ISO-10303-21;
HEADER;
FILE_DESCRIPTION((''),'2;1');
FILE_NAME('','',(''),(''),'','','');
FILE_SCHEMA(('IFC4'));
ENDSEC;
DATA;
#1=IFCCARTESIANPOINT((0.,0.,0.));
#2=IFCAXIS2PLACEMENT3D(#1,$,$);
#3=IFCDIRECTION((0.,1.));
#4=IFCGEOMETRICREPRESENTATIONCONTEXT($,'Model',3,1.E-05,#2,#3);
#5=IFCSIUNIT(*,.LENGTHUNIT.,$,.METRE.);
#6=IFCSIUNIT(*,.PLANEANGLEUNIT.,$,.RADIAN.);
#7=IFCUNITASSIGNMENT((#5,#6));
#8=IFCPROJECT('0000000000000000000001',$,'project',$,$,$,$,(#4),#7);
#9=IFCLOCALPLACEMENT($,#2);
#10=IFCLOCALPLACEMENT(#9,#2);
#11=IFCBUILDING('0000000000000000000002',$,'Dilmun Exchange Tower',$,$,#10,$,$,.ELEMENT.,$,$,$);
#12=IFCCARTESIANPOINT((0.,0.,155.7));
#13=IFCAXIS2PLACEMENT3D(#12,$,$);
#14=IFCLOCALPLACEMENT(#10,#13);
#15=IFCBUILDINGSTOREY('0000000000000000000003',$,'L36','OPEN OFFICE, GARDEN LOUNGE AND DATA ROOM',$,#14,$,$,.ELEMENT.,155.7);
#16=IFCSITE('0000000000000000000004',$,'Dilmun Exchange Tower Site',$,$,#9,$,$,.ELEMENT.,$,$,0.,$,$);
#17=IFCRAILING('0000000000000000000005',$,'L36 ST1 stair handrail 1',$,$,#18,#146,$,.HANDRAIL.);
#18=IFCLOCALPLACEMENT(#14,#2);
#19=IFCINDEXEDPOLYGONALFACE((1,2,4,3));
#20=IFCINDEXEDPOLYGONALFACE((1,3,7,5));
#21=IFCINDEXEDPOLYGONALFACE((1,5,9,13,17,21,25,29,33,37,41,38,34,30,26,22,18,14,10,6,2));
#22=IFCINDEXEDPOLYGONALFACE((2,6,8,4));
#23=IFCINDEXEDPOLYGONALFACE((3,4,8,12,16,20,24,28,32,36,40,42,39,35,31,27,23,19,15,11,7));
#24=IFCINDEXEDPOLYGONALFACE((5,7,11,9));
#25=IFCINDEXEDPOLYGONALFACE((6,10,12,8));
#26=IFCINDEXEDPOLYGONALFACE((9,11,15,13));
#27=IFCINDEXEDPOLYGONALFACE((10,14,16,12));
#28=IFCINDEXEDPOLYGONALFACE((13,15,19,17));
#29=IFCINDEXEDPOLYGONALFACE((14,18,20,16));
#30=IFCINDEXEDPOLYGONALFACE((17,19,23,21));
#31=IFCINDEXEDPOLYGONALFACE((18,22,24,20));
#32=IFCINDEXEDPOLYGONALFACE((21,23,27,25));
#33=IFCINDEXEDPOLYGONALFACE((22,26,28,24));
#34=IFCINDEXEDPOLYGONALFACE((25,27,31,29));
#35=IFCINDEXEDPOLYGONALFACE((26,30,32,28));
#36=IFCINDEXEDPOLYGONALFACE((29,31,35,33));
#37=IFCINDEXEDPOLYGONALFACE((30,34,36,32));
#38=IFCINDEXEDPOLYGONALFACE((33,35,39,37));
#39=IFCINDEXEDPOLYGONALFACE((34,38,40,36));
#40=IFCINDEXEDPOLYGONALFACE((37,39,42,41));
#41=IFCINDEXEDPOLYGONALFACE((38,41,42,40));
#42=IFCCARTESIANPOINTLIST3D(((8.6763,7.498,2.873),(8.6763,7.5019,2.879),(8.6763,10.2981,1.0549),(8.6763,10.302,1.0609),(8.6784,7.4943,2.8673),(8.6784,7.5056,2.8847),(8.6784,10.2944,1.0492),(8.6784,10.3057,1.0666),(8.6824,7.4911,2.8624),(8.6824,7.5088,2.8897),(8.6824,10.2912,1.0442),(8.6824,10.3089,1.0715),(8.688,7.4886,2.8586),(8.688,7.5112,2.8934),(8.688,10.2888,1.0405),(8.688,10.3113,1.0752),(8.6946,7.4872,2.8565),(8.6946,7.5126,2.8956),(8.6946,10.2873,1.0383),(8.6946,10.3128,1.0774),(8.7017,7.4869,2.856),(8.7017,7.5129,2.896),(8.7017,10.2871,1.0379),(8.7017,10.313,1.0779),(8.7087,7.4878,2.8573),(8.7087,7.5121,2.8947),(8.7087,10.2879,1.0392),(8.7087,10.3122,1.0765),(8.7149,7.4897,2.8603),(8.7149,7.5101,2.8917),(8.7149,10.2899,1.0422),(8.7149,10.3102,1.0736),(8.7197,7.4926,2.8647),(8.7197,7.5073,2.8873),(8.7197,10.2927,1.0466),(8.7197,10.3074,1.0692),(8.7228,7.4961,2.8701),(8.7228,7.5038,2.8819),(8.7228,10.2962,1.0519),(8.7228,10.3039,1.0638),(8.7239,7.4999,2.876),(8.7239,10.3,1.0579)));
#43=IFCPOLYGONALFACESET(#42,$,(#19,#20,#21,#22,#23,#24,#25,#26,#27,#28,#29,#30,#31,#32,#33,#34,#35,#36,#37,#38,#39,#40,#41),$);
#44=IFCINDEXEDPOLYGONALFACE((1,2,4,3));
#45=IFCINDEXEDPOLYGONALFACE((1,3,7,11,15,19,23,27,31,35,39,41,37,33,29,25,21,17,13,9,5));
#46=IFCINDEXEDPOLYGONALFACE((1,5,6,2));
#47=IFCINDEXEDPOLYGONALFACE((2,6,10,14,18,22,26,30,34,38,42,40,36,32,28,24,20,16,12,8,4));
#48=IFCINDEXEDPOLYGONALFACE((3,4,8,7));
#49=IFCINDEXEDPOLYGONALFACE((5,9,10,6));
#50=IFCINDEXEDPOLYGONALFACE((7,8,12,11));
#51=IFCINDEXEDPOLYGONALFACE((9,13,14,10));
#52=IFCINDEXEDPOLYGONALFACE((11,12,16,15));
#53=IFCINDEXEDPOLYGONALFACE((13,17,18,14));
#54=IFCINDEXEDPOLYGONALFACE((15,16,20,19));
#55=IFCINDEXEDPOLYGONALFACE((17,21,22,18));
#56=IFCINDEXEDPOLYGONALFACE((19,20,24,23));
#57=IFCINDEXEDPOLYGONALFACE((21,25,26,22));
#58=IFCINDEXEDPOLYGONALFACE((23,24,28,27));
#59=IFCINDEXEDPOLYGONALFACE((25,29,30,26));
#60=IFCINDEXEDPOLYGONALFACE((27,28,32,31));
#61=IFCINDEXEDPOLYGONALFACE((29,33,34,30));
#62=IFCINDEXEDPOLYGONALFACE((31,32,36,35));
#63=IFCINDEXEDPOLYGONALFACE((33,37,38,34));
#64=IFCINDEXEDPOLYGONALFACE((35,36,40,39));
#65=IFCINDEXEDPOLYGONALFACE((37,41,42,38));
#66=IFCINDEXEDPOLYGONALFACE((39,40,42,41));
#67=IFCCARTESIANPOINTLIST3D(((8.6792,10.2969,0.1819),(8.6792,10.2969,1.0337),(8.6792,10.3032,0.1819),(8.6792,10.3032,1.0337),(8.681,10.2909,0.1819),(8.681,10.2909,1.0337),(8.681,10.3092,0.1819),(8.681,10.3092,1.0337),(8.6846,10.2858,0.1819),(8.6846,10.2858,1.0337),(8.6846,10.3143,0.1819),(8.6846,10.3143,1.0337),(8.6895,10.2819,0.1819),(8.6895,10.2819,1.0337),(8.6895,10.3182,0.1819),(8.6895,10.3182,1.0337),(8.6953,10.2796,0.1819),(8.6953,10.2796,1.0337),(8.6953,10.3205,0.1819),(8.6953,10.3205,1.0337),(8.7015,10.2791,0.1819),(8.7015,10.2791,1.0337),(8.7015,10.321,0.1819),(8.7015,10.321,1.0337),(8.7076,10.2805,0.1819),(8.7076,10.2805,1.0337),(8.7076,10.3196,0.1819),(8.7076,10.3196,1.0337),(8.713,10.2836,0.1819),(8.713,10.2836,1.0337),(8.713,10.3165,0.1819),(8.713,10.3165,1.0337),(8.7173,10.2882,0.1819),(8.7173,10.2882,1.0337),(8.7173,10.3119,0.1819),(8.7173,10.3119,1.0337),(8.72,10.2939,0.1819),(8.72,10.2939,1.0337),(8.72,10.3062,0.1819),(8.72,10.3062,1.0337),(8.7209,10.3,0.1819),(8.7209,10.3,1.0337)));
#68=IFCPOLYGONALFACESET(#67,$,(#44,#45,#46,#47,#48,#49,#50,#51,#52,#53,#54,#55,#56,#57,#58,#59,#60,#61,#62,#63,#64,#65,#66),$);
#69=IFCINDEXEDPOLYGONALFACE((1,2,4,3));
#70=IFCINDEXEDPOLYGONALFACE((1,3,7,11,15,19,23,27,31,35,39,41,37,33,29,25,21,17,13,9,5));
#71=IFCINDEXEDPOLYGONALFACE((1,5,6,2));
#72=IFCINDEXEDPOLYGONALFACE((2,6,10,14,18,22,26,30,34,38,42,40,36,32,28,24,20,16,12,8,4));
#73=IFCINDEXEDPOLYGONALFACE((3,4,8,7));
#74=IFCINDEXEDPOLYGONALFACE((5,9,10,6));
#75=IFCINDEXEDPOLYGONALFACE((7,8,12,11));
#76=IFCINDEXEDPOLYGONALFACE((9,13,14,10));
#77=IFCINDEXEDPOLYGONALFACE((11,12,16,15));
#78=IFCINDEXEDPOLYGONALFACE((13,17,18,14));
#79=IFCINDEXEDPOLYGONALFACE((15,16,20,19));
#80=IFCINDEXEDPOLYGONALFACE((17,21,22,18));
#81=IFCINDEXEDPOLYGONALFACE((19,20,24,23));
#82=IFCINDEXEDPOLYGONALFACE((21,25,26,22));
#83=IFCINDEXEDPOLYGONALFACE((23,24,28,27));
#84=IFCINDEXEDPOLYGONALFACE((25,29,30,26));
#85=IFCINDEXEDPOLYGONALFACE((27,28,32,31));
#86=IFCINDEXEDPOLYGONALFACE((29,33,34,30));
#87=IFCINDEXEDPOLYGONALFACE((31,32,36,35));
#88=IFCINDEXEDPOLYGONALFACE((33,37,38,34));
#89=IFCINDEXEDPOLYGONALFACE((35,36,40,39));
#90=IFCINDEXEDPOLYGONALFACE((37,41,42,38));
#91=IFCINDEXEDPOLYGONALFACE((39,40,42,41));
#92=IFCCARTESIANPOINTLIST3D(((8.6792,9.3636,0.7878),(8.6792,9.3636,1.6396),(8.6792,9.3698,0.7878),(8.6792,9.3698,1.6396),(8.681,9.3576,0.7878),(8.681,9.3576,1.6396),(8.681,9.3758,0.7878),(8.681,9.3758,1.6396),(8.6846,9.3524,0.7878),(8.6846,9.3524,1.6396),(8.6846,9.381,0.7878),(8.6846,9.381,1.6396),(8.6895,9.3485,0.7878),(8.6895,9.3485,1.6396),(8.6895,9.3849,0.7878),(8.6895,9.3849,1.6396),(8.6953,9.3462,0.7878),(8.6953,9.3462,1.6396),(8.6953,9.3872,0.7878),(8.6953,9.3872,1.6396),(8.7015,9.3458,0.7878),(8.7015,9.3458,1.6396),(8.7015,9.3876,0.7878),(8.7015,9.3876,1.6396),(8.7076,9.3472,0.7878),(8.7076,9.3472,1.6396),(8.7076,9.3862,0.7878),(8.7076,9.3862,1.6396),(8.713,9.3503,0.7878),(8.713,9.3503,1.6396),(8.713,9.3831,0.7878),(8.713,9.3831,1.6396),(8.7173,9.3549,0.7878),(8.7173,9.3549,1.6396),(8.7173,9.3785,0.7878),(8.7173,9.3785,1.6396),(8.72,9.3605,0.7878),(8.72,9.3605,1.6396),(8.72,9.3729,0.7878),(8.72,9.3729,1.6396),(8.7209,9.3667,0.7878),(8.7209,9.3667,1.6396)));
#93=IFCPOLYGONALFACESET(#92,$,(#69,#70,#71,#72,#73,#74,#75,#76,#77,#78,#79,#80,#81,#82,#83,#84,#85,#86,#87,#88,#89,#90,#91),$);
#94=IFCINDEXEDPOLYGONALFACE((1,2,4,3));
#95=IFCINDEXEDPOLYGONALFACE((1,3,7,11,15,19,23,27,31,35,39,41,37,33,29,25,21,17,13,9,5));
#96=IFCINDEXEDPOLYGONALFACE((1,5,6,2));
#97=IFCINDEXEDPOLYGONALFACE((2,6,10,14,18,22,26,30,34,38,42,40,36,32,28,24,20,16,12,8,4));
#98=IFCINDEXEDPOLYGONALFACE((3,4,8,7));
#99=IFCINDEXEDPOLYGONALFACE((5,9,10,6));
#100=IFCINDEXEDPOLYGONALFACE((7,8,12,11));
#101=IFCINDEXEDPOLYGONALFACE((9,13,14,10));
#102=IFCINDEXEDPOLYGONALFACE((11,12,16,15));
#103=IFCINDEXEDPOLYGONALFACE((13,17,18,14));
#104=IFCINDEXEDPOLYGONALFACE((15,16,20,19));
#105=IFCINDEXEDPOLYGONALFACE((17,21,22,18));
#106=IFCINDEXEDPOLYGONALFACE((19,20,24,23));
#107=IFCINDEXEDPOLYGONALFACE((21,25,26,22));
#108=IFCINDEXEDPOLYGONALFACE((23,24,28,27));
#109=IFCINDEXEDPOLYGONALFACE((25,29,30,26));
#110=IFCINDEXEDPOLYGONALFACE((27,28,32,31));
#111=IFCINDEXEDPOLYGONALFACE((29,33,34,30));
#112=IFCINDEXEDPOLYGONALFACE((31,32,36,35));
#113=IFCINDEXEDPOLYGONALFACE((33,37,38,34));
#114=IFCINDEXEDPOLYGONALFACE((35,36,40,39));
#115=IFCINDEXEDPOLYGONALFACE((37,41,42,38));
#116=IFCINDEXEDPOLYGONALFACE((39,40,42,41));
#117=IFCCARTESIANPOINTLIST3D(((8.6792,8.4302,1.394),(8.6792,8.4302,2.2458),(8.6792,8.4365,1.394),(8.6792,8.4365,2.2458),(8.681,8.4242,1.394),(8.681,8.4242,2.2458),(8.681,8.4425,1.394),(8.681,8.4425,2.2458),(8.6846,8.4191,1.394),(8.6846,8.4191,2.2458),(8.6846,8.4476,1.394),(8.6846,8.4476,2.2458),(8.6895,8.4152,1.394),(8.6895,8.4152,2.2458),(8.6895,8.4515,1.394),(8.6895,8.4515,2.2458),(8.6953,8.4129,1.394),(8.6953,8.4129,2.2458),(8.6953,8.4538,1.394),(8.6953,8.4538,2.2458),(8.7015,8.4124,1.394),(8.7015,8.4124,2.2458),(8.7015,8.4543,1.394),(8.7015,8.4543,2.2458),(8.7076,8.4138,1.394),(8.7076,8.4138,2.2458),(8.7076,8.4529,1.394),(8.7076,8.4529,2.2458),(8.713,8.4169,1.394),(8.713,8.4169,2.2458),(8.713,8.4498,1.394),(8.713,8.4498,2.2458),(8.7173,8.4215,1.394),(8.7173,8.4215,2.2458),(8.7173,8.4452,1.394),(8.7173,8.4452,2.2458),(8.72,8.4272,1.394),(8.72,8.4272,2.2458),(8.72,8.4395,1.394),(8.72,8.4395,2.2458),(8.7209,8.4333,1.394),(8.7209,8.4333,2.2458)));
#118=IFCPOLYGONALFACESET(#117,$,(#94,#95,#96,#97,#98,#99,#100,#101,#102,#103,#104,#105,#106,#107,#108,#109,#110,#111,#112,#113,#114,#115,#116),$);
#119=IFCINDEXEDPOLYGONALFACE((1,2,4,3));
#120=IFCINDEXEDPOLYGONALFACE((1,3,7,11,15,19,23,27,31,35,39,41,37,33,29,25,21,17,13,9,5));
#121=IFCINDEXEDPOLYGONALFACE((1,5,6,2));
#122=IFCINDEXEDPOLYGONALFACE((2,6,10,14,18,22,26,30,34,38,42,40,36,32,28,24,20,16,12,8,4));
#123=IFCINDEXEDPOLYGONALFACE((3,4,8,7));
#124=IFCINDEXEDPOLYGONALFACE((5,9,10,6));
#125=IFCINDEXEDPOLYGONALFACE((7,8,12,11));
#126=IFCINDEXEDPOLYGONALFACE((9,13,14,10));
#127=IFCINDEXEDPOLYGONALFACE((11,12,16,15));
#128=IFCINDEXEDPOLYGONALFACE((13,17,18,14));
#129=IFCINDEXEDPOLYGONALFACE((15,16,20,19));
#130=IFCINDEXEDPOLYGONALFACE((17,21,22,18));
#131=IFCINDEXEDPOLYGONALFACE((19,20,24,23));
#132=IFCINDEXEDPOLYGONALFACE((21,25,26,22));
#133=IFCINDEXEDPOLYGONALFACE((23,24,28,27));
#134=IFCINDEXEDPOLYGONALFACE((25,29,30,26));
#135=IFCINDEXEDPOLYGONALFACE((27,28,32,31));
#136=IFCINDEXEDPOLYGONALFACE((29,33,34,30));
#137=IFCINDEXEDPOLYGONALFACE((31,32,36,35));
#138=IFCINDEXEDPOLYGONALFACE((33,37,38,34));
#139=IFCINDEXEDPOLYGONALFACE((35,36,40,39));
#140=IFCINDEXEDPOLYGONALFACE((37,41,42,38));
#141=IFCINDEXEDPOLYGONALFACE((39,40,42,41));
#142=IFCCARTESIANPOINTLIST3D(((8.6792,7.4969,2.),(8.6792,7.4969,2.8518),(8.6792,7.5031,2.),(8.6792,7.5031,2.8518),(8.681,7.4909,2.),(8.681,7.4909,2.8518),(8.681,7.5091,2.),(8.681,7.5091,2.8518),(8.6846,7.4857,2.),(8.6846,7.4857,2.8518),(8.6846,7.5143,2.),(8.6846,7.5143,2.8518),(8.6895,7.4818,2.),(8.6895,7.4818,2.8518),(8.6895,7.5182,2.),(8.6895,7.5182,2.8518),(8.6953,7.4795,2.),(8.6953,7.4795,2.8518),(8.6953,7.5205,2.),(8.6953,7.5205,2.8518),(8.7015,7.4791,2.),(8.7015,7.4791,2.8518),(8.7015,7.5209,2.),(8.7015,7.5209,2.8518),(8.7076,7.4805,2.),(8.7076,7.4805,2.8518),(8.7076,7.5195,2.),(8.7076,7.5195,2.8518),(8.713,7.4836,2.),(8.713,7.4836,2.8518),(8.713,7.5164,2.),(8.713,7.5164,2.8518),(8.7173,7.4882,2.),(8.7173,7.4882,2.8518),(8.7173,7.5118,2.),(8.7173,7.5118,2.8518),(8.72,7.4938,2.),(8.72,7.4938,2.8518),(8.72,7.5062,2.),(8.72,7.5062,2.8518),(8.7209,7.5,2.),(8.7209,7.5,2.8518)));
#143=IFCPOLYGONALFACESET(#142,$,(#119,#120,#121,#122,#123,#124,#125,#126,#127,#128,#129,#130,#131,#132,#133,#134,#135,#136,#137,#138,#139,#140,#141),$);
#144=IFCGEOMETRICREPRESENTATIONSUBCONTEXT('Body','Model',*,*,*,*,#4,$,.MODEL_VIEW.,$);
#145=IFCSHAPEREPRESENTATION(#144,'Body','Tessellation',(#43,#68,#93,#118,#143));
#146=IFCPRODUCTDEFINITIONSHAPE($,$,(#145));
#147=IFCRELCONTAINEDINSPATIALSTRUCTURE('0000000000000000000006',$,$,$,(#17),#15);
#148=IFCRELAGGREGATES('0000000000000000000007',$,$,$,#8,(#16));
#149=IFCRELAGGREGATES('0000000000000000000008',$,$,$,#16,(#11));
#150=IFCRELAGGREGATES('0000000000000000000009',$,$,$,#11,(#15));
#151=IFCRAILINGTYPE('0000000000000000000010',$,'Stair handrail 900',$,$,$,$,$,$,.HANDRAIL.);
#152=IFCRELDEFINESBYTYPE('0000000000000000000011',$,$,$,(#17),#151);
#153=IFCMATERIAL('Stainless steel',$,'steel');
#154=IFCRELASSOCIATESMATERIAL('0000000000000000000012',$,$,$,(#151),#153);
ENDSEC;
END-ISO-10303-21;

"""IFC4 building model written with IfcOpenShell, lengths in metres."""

from ifc_helpers import new_model, si_unit, direction, frame, origin, origin_2d, place, context, subcontext, project, spatial, circle, extrude, material, type_object, element, save


model = new_model("IFC4")

# Units and contexts
model_context = context("Model", 3, precision=1e-05, world=origin(), true_north=direction((0.0, 1.0)))
body_context = subcontext(model_context, "Body", "Model", "MODEL_VIEW")
ifc_project = project(units=[si_unit("LENGTHUNIT", "METRE"), si_unit("PLANEANGLEUNIT", "RADIAN")], contexts=[model_context])

# Site, building, storey
site_placement = place(None, origin())
site = spatial("IfcSite", under=ifc_project, at=site_placement, Name="Dilmun Exchange Tower Site", CompositionType="ELEMENT", RefElevation=0.0)
building_placement = place(site_placement, origin())
building = spatial("IfcBuilding", under=site, at=building_placement, Name="Dilmun Exchange Tower", CompositionType="ELEMENT")
storey_placement = place(building_placement, frame((0.0, 0.0, 155.7)))
storey = spatial("IfcBuildingStorey", under=building, at=storey_placement, Name="L36", Description="OPEN OFFICE, GARDEN LOUNGE AND DATA ROOM", CompositionType="ELEMENT", Elevation=155.7)

# Railing
ifc_material_1 = material(Name="Stainless steel", Category="steel")
railing_type = type_object("IfcRailingType", Name="Stair handrail 900", PredefinedType="HANDRAIL", material=ifc_material_1)
railing_1_placement = place(storey_placement, frame((8.7, 10.3, 0.1819)))
element("IfcRailing", 1, at=railing_1_placement, inside=storey, type_object=railing_type, Name="L36 ST1 stair handrail 1", PredefinedType="HANDRAIL", context=body_context, shape_type="SweptSolid", body=[
    extrude(circle(Radius=0.0239, at=origin_2d()), frame((0.0, 0.0, 0.876), z_axis=(0.0, -0.838706, 0.544585), x_axis=(1.0, 0.0, 0.0)), (0.0, 0.0, 1.0), 3.3386),
    extrude(circle(Radius=0.021, at=origin_2d()), origin(), (0.0, 0.0, 1.0), 0.8518),
    extrude(circle(Radius=0.021, at=origin_2d()), frame((0.0, -0.9333, 0.606)), (0.0, 0.0, 1.0), 0.8518),
    extrude(circle(Radius=0.021, at=origin_2d()), frame((0.0, -1.8667, 1.2122)), (0.0, 0.0, 1.0), 0.8518),
    extrude(circle(Radius=0.021, at=origin_2d()), frame((0.0, -2.8, 1.8181)), (0.0, 0.0, 1.0), 0.8518),
])

save(model, "model.ifc")
